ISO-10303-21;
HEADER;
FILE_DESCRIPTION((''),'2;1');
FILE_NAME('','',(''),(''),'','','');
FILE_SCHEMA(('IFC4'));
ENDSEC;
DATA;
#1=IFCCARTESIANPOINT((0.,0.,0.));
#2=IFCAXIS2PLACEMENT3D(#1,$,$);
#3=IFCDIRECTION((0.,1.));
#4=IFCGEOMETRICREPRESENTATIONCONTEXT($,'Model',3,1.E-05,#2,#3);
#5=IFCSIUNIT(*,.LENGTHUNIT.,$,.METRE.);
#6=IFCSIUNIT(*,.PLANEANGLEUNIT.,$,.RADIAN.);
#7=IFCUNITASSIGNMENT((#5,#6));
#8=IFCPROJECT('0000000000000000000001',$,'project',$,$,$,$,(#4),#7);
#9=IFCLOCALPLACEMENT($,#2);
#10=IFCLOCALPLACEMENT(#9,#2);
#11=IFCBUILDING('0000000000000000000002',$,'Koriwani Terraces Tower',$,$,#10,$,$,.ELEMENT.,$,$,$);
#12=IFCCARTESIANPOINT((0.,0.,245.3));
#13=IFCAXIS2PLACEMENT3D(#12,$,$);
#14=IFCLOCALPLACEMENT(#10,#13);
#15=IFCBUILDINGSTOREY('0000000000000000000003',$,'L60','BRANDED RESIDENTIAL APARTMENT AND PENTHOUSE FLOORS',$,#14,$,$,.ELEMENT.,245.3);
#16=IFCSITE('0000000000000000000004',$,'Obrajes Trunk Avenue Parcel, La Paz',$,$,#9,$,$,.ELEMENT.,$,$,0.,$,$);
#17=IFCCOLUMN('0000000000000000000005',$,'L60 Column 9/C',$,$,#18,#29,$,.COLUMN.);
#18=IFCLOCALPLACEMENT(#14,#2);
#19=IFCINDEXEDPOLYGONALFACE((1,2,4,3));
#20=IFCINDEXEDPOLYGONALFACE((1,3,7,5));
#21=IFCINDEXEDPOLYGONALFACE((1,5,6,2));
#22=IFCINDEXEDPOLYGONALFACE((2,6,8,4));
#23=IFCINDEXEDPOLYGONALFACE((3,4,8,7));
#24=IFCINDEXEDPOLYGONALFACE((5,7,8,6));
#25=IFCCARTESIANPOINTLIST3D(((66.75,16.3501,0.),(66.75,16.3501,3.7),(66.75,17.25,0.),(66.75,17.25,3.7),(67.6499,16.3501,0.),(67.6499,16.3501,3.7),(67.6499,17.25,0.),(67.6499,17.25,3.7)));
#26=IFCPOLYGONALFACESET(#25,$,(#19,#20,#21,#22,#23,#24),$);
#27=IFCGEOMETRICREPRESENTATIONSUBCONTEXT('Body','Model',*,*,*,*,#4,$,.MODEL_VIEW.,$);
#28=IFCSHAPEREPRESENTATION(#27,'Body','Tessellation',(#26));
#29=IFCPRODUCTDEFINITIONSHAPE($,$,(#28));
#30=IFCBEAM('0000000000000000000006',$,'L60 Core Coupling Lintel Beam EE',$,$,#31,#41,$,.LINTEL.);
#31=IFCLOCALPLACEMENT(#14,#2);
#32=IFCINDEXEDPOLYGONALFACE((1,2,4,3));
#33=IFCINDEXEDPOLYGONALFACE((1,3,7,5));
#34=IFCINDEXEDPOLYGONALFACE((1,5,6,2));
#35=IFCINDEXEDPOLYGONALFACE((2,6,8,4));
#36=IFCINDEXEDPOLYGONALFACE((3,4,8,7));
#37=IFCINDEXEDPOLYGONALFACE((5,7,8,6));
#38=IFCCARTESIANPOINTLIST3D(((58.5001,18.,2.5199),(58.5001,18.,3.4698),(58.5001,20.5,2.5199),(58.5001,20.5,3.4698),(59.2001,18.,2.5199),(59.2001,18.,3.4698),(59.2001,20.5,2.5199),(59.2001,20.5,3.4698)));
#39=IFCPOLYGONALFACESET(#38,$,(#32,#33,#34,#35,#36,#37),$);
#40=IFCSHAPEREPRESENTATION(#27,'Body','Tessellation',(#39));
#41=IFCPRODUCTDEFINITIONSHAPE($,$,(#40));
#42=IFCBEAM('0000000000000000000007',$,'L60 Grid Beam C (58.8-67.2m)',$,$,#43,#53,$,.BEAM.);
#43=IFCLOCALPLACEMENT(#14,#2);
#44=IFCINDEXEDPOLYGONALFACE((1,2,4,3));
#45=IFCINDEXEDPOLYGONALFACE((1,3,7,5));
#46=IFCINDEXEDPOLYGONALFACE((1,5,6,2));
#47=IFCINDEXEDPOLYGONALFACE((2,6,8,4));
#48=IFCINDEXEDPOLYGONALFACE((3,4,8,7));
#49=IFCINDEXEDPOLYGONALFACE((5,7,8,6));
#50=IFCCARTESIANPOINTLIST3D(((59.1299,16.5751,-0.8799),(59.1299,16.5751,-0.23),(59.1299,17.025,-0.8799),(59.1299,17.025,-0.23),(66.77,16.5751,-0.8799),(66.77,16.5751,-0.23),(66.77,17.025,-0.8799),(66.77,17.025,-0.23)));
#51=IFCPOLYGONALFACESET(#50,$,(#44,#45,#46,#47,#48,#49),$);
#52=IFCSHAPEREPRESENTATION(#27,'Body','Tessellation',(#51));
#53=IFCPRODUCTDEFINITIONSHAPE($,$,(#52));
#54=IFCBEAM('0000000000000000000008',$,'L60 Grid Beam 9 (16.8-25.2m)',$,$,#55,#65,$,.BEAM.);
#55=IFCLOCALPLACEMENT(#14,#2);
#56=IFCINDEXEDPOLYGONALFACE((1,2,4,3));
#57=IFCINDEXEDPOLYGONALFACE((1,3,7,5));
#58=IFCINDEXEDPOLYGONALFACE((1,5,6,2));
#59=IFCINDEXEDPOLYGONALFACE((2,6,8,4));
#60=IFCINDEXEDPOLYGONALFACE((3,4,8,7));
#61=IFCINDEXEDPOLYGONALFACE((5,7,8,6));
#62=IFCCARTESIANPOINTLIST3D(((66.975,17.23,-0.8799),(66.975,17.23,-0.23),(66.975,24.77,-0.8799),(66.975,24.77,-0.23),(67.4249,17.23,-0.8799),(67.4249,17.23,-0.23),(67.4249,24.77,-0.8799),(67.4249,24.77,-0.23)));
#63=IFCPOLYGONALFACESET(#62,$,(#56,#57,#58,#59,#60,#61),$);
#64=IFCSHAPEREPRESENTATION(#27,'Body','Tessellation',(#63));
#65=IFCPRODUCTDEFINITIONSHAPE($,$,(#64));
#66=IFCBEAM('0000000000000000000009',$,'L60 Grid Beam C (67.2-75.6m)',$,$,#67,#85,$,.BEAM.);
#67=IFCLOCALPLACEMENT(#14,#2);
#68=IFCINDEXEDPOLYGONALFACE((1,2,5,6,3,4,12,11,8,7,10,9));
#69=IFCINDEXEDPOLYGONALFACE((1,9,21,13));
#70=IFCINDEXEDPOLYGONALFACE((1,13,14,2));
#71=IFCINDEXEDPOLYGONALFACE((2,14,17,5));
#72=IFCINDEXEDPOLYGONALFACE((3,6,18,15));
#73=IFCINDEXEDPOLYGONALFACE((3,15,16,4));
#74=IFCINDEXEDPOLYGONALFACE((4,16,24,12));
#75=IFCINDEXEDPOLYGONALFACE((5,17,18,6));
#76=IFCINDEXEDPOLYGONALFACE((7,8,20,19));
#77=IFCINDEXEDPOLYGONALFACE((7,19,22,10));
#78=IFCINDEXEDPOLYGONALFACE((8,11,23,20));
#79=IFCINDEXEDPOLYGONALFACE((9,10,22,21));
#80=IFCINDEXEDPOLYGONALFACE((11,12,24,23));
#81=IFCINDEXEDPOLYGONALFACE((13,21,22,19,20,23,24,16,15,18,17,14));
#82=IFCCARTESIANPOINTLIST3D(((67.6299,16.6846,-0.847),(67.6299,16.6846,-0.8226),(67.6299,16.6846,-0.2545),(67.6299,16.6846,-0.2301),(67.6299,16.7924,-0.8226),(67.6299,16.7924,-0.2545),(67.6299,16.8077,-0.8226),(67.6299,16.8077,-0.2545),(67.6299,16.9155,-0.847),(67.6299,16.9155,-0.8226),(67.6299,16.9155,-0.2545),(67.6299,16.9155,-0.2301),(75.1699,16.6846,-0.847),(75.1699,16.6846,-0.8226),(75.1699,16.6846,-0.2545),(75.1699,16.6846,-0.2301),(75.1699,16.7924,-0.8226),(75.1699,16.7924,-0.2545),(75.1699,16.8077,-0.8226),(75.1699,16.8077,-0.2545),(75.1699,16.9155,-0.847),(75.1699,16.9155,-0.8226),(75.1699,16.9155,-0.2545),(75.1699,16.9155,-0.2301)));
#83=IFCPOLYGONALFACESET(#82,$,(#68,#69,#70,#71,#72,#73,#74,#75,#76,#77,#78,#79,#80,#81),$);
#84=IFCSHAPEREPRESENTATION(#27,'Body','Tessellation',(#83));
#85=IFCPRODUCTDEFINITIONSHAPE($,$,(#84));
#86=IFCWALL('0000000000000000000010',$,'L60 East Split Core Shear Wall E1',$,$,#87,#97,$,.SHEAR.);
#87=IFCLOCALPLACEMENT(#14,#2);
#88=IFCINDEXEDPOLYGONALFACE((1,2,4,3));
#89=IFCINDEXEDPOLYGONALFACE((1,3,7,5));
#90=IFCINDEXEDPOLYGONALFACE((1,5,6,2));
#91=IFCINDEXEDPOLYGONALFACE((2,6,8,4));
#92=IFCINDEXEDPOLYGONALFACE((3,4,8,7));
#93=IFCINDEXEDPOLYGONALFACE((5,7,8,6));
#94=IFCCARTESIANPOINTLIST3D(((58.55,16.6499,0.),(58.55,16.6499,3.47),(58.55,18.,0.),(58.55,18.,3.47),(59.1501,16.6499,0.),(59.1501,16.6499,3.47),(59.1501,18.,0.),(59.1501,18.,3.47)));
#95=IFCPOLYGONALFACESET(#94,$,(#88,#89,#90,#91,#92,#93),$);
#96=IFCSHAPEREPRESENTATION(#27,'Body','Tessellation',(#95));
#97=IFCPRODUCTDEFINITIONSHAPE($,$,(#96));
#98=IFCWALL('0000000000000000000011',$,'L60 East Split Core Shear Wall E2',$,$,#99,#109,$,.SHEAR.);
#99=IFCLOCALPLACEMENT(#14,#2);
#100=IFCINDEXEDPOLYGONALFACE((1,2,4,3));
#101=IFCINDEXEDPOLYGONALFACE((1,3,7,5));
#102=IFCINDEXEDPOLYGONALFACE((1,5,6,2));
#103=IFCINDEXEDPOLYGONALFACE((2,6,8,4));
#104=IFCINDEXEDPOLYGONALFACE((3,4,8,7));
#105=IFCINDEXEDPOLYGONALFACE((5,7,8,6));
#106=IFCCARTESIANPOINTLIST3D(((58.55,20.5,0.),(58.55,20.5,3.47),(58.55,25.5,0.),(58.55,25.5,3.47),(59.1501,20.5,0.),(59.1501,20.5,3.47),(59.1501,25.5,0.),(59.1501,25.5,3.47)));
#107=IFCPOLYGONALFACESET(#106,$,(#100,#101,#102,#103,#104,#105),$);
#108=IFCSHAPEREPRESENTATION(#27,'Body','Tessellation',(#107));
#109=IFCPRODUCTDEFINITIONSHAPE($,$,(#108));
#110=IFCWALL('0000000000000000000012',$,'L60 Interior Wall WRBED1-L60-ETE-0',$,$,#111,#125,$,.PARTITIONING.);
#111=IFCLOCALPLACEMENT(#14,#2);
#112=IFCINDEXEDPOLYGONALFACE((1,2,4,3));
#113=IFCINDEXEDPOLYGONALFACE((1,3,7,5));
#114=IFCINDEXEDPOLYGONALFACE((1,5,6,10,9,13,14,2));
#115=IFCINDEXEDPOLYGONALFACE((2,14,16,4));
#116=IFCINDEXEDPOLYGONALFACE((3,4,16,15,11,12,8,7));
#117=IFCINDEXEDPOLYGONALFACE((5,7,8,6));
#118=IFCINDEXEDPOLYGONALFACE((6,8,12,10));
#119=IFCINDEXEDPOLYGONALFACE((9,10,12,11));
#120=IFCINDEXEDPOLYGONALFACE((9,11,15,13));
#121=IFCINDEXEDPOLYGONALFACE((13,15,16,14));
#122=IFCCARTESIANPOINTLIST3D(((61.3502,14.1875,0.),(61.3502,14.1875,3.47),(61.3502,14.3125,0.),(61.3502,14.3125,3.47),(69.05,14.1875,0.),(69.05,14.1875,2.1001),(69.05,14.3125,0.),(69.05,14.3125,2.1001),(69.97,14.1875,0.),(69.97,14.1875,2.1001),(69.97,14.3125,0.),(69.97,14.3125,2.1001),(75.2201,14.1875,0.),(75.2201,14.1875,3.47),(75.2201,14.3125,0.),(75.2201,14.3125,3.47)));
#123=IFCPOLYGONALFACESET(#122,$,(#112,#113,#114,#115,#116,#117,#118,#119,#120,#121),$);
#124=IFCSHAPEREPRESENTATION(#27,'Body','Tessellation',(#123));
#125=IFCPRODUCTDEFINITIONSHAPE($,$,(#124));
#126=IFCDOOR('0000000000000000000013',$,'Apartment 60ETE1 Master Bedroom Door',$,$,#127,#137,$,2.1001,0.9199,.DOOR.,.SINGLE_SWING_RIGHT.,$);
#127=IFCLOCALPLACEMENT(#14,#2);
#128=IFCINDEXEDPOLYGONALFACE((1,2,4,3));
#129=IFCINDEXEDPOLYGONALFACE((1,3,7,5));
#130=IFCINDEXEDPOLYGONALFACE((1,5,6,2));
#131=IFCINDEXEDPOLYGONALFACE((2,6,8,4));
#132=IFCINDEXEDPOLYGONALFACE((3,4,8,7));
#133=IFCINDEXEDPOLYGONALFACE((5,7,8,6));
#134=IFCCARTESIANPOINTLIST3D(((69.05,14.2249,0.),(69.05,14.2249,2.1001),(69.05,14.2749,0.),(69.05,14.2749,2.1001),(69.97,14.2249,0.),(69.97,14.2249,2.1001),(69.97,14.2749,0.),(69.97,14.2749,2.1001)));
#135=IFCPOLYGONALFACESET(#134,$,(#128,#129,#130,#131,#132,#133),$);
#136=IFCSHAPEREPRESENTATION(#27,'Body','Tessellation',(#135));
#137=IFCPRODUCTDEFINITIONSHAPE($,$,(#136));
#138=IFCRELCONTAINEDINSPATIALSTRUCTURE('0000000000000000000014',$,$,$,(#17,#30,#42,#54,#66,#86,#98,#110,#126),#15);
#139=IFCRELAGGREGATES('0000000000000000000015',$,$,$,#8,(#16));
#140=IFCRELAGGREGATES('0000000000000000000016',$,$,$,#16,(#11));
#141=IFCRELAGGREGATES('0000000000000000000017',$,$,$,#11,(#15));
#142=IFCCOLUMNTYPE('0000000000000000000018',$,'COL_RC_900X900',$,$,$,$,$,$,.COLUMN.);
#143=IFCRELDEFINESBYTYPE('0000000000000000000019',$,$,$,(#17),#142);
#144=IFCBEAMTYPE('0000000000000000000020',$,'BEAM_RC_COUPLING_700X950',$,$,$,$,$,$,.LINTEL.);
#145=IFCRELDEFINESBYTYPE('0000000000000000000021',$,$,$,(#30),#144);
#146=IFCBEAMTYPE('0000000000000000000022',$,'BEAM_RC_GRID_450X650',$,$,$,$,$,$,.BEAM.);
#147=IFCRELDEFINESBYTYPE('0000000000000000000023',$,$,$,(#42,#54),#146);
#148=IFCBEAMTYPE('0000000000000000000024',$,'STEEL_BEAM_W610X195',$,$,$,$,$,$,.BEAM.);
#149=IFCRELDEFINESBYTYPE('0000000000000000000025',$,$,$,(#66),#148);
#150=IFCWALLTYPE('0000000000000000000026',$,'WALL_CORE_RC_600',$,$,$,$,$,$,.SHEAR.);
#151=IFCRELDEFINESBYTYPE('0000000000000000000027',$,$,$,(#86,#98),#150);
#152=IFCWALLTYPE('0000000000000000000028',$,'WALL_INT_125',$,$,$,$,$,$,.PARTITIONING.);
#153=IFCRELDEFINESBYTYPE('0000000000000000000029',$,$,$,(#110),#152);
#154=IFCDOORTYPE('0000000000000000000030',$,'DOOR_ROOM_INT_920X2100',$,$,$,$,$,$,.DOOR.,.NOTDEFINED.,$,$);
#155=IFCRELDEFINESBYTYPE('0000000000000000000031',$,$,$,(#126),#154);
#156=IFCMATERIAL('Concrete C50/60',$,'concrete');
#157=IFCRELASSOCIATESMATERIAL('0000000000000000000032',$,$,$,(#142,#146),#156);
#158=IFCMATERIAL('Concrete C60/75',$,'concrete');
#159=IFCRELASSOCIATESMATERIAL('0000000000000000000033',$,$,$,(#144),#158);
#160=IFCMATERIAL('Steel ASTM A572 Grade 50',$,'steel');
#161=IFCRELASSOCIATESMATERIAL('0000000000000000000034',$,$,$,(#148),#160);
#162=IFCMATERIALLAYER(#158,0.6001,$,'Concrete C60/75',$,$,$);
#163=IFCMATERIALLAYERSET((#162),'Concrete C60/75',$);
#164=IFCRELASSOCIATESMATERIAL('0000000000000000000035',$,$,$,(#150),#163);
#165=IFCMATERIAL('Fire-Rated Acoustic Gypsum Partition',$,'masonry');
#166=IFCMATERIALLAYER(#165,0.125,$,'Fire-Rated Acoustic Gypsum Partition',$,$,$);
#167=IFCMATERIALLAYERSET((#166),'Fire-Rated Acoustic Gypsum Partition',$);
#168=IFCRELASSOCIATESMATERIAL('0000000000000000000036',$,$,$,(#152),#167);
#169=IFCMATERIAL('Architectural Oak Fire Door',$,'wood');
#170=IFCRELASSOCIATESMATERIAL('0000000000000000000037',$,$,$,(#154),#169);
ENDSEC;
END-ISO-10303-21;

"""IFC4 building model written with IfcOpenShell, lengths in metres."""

from ifc_helpers import new_model, si_unit, direction, frame, frame_2d, origin, origin_2d, place, context, subcontext, project, spatial, rectangle, i_section, extrude, material, layer, layer_set, material_profile, profile_set, type_object, element, fill, save


model = new_model("IFC4")

# Units and contexts
model_context = context("Model", 3, precision=1e-05, world=origin(), true_north=direction((0.0, 1.0)))
body_context = subcontext(model_context, "Body", "Model", "MODEL_VIEW")
ifc_project = project(units=[si_unit("LENGTHUNIT", "METRE"), si_unit("PLANEANGLEUNIT", "RADIAN")], contexts=[model_context])

# Site, building, storey
site_placement = place(None, origin())
site = spatial("IfcSite", under=ifc_project, at=site_placement, Name="Obrajes Trunk Avenue Parcel, La Paz", CompositionType="ELEMENT", RefElevation=0.0)
building_placement = place(site_placement, origin())
building = spatial("IfcBuilding", under=site, at=building_placement, Name="Koriwani Terraces Tower", CompositionType="ELEMENT")
storey_placement = place(building_placement, frame((0.0, 0.0, 245.3)))
storey = spatial("IfcBuildingStorey", under=building, at=storey_placement, Name="L60", Description="BRANDED RESIDENTIAL APARTMENT AND PENTHOUSE FLOORS", CompositionType="ELEMENT", Elevation=245.3)

# Column
ifc_material_1 = material(Name="Concrete C50/60", Category="concrete")
ifc_material_profile_1 = material_profile(ifc_material_1, rectangle(XDim=0.8999, YDim=0.8999, at=origin_2d()), Name="Concrete C50/60", Category="LoadBearing")
ifc_profile_set_1 = profile_set([ifc_material_profile_1], Name="Concrete C50/60")
column_type = type_object("IfcColumnType", Name="COL_RC_900X900", PredefinedType="COLUMN", material=ifc_profile_set_1)
column_placement = place(storey_placement, frame((67.2, 16.8, 0.0), z_axis=(0.0, 0.0, 1.0), x_axis=(1.0, 0.0, 0.0)))
element("IfcColumn", 1, at=column_placement, inside=storey, type_object=column_type, Name="L60 Column 9/C", PredefinedType="COLUMN", context=body_context, shape_type="SweptSolid", body=[
    extrude(rectangle(XDim=0.8999, YDim=0.8999, at=origin_2d()), origin(), (0.0, 0.0, 1.0), 3.7),
])

# Beams
ifc_material_2 = material(Name="Concrete C60/75", Category="concrete")
ifc_material_profile_2 = material_profile(ifc_material_2, rectangle(XDim=0.7, YDim=0.95, at=origin_2d()), Name="Concrete C60/75", Category="LoadBearing")
ifc_profile_set_2 = profile_set([ifc_material_profile_2], Name="Concrete C60/75")
beam_type_1 = type_object("IfcBeamType", Name="BEAM_RC_COUPLING_700X950", PredefinedType="LINTEL", material=ifc_profile_set_2)
beam_1_placement = place(storey_placement, frame((58.8501, 18.0, 2.9949), z_axis=(0.0, 1.0, 0.0), x_axis=(-1.0, 0.0, 0.0)))
element("IfcBeam", 2, at=beam_1_placement, inside=storey, type_object=beam_type_1, Name="L60 Core Coupling Lintel Beam EE", PredefinedType="LINTEL", context=body_context, shape_type="SweptSolid", body=[
    extrude(rectangle(XDim=0.7, YDim=0.95, at=origin_2d()), origin(), (0.0, 0.0, 1.0), 2.5),
])
ifc_material_profile_3 = material_profile(ifc_material_1, rectangle(XDim=0.45, YDim=0.6499, at=origin_2d()), Name="Concrete C50/60", Category="LoadBearing")
ifc_profile_set_3 = profile_set([ifc_material_profile_3], Name="Concrete C50/60")
beam_type_2 = type_object("IfcBeamType", Name="BEAM_RC_GRID_450X650", PredefinedType="BEAM", material=ifc_profile_set_3)
beam_2_placement = place(storey_placement, frame((59.1299, 16.8, -0.5549), z_axis=(1.0, 0.0, 0.0), x_axis=(0.0, 1.0, 0.0)))
element("IfcBeam", 3, at=beam_2_placement, inside=storey, type_object=beam_type_2, Name="L60 Grid Beam C (58.8-67.2m)", PredefinedType="BEAM", context=body_context, shape_type="SweptSolid", body=[
    extrude(rectangle(XDim=0.45, YDim=0.6499, at=origin_2d()), origin(), (0.0, 0.0, 1.0), 7.6401),
])
beam_3_placement = place(storey_placement, frame((67.2, 17.23, -0.5549), z_axis=(0.0, 1.0, 0.0), x_axis=(-1.0, 0.0, 0.0)))
element("IfcBeam", 4, at=beam_3_placement, inside=storey, type_object=beam_type_2, Name="L60 Grid Beam 9 (16.8-25.2m)", PredefinedType="BEAM", context=body_context, shape_type="SweptSolid", body=[
    extrude(rectangle(XDim=0.45, YDim=0.6499, at=origin_2d()), origin(), (0.0, 0.0, 1.0), 7.54),
])
ifc_material_3 = material(Name="Steel ASTM A572 Grade 50", Category="steel")
ifc_material_profile_4 = material_profile(ifc_material_3, i_section(OverallWidth=0.231, OverallDepth=0.6169, WebThickness=0.0154, FlangeThickness=0.0244, at=origin_2d()), Name="Steel ASTM A572 Grade 50", Category="LoadBearing")
ifc_profile_set_4 = profile_set([ifc_material_profile_4], Name="Steel ASTM A572 Grade 50")
beam_type_3 = type_object("IfcBeamType", Name="STEEL_BEAM_W610X195", PredefinedType="BEAM", material=ifc_profile_set_4)
beam_4_placement = place(storey_placement, frame((67.6299, 16.8, -0.5386), z_axis=(1.0, 0.0, 0.0), x_axis=(0.0, 1.0, 0.0)))
element("IfcBeam", 5, at=beam_4_placement, inside=storey, type_object=beam_type_3, Name="L60 Grid Beam C (67.2-75.6m)", PredefinedType="BEAM", context=body_context, shape_type="SweptSolid", body=[
    extrude(i_section(OverallWidth=0.231, OverallDepth=0.6169, WebThickness=0.0154, FlangeThickness=0.0244, at=origin_2d()), origin(), (0.0, 0.0, 1.0), 7.54),
])

# Walls
ifc_layer_1 = layer(ifc_material_2, 0.6001, Name="Concrete C60/75")
ifc_layer_set_1 = layer_set([ifc_layer_1], Name="Concrete C60/75")
wall_type_1 = type_object("IfcWallType", Name="WALL_CORE_RC_600", PredefinedType="SHEAR", material=ifc_layer_set_1)
wall_1_placement = place(storey_placement, frame((58.8501, 16.6499, 0.0), z_axis=(0.0, 0.0, 1.0), x_axis=(0.0, 1.0, 0.0)))
element("IfcWall", 6, at=wall_1_placement, inside=storey, type_object=wall_type_1, Name="L60 East Split Core Shear Wall E1", PredefinedType="SHEAR", context=body_context, shape_type="SweptSolid", body=[
    extrude(rectangle(XDim=1.3501, YDim=0.6001, at=frame_2d((0.675, 0.0))), origin(), (0.0, 0.0, 1.0), 3.47),
])
wall_2_placement = place(storey_placement, frame((58.8501, 20.5, 0.0), z_axis=(0.0, 0.0, 1.0), x_axis=(0.0, 1.0, 0.0)))
element("IfcWall", 7, at=wall_2_placement, inside=storey, type_object=wall_type_1, Name="L60 East Split Core Shear Wall E2", PredefinedType="SHEAR", context=body_context, shape_type="SweptSolid", body=[
    extrude(rectangle(XDim=5.0, YDim=0.6001, at=frame_2d((2.5, 0.0))), origin(), (0.0, 0.0, 1.0), 3.47),
])

# Wall, opening, door
ifc_material_4 = material(Name="Fire-Rated Acoustic Gypsum Partition", Category="masonry")
ifc_layer_2 = layer(ifc_material_4, 0.125, Name="Fire-Rated Acoustic Gypsum Partition")
ifc_layer_set_2 = layer_set([ifc_layer_2], Name="Fire-Rated Acoustic Gypsum Partition")
wall_type_2 = type_object("IfcWallType", Name="WALL_INT_125", PredefinedType="PARTITIONING", material=ifc_layer_set_2)
wall_3_placement = place(storey_placement, frame((61.3501, 14.25, 0.0), z_axis=(0.0, 0.0, 1.0), x_axis=(1.0, 0.0, 0.0)))
wall_3 = element("IfcWall", 8, at=wall_3_placement, inside=storey, type_object=wall_type_2, Name="L60 Interior Wall WRBED1-L60-ETE-0", PredefinedType="PARTITIONING", context=body_context, shape_type="SweptSolid", body=[
    extrude(rectangle(XDim=13.8699, YDim=0.125, at=frame_2d((6.9351, 0.0))), origin(), (0.0, 0.0, 1.0), 3.47),
])
opening_1_placement = place(wall_3_placement, frame((7.7, 0.0, 0.0)))
opening_1 = element("IfcOpeningElement", 9, at=opening_1_placement, cuts=wall_3, PredefinedType="OPENING", context=body_context, shape_type="SweptSolid", body=[
    extrude(rectangle(XDim=0.9199, YDim=2.1001, at=frame_2d((0.46, 1.05))), frame((0.0, 0.0725, 0.0), z_axis=(0.0, -1.0, 0.0), x_axis=(1.0, 0.0, 0.0)), (0.0, 0.0, 1.0), 0.145),
])
ifc_material_5 = material(Name="Architectural Oak Fire Door", Category="wood")
door_type_1 = type_object("IfcDoorType", Name="DOOR_ROOM_INT_920X2100", OperationType="NOTDEFINED", PredefinedType="DOOR", material=ifc_material_5)
door_1_placement = place(opening_1_placement, origin())
door_1 = element("IfcDoor", 10, at=door_1_placement, inside=storey, type_object=door_type_1, Name="Apartment 60ETE1 Master Bedroom Door", OperationType="SINGLE_SWING_RIGHT", OverallHeight=2.1001, OverallWidth=0.9199, PredefinedType="DOOR", context=body_context, shape_type="SweptSolid", body=[
    extrude(rectangle(XDim=0.9199, YDim=2.1001, at=frame_2d((0.46, 1.05))), frame((0.0, 0.0249, 0.0), z_axis=(0.0, -1.0, 0.0), x_axis=(1.0, 0.0, 0.0)), (0.0, 0.0, 1.0), 0.05),
])
fill(opening_1, door_1)

save(model, "model.ifc")
